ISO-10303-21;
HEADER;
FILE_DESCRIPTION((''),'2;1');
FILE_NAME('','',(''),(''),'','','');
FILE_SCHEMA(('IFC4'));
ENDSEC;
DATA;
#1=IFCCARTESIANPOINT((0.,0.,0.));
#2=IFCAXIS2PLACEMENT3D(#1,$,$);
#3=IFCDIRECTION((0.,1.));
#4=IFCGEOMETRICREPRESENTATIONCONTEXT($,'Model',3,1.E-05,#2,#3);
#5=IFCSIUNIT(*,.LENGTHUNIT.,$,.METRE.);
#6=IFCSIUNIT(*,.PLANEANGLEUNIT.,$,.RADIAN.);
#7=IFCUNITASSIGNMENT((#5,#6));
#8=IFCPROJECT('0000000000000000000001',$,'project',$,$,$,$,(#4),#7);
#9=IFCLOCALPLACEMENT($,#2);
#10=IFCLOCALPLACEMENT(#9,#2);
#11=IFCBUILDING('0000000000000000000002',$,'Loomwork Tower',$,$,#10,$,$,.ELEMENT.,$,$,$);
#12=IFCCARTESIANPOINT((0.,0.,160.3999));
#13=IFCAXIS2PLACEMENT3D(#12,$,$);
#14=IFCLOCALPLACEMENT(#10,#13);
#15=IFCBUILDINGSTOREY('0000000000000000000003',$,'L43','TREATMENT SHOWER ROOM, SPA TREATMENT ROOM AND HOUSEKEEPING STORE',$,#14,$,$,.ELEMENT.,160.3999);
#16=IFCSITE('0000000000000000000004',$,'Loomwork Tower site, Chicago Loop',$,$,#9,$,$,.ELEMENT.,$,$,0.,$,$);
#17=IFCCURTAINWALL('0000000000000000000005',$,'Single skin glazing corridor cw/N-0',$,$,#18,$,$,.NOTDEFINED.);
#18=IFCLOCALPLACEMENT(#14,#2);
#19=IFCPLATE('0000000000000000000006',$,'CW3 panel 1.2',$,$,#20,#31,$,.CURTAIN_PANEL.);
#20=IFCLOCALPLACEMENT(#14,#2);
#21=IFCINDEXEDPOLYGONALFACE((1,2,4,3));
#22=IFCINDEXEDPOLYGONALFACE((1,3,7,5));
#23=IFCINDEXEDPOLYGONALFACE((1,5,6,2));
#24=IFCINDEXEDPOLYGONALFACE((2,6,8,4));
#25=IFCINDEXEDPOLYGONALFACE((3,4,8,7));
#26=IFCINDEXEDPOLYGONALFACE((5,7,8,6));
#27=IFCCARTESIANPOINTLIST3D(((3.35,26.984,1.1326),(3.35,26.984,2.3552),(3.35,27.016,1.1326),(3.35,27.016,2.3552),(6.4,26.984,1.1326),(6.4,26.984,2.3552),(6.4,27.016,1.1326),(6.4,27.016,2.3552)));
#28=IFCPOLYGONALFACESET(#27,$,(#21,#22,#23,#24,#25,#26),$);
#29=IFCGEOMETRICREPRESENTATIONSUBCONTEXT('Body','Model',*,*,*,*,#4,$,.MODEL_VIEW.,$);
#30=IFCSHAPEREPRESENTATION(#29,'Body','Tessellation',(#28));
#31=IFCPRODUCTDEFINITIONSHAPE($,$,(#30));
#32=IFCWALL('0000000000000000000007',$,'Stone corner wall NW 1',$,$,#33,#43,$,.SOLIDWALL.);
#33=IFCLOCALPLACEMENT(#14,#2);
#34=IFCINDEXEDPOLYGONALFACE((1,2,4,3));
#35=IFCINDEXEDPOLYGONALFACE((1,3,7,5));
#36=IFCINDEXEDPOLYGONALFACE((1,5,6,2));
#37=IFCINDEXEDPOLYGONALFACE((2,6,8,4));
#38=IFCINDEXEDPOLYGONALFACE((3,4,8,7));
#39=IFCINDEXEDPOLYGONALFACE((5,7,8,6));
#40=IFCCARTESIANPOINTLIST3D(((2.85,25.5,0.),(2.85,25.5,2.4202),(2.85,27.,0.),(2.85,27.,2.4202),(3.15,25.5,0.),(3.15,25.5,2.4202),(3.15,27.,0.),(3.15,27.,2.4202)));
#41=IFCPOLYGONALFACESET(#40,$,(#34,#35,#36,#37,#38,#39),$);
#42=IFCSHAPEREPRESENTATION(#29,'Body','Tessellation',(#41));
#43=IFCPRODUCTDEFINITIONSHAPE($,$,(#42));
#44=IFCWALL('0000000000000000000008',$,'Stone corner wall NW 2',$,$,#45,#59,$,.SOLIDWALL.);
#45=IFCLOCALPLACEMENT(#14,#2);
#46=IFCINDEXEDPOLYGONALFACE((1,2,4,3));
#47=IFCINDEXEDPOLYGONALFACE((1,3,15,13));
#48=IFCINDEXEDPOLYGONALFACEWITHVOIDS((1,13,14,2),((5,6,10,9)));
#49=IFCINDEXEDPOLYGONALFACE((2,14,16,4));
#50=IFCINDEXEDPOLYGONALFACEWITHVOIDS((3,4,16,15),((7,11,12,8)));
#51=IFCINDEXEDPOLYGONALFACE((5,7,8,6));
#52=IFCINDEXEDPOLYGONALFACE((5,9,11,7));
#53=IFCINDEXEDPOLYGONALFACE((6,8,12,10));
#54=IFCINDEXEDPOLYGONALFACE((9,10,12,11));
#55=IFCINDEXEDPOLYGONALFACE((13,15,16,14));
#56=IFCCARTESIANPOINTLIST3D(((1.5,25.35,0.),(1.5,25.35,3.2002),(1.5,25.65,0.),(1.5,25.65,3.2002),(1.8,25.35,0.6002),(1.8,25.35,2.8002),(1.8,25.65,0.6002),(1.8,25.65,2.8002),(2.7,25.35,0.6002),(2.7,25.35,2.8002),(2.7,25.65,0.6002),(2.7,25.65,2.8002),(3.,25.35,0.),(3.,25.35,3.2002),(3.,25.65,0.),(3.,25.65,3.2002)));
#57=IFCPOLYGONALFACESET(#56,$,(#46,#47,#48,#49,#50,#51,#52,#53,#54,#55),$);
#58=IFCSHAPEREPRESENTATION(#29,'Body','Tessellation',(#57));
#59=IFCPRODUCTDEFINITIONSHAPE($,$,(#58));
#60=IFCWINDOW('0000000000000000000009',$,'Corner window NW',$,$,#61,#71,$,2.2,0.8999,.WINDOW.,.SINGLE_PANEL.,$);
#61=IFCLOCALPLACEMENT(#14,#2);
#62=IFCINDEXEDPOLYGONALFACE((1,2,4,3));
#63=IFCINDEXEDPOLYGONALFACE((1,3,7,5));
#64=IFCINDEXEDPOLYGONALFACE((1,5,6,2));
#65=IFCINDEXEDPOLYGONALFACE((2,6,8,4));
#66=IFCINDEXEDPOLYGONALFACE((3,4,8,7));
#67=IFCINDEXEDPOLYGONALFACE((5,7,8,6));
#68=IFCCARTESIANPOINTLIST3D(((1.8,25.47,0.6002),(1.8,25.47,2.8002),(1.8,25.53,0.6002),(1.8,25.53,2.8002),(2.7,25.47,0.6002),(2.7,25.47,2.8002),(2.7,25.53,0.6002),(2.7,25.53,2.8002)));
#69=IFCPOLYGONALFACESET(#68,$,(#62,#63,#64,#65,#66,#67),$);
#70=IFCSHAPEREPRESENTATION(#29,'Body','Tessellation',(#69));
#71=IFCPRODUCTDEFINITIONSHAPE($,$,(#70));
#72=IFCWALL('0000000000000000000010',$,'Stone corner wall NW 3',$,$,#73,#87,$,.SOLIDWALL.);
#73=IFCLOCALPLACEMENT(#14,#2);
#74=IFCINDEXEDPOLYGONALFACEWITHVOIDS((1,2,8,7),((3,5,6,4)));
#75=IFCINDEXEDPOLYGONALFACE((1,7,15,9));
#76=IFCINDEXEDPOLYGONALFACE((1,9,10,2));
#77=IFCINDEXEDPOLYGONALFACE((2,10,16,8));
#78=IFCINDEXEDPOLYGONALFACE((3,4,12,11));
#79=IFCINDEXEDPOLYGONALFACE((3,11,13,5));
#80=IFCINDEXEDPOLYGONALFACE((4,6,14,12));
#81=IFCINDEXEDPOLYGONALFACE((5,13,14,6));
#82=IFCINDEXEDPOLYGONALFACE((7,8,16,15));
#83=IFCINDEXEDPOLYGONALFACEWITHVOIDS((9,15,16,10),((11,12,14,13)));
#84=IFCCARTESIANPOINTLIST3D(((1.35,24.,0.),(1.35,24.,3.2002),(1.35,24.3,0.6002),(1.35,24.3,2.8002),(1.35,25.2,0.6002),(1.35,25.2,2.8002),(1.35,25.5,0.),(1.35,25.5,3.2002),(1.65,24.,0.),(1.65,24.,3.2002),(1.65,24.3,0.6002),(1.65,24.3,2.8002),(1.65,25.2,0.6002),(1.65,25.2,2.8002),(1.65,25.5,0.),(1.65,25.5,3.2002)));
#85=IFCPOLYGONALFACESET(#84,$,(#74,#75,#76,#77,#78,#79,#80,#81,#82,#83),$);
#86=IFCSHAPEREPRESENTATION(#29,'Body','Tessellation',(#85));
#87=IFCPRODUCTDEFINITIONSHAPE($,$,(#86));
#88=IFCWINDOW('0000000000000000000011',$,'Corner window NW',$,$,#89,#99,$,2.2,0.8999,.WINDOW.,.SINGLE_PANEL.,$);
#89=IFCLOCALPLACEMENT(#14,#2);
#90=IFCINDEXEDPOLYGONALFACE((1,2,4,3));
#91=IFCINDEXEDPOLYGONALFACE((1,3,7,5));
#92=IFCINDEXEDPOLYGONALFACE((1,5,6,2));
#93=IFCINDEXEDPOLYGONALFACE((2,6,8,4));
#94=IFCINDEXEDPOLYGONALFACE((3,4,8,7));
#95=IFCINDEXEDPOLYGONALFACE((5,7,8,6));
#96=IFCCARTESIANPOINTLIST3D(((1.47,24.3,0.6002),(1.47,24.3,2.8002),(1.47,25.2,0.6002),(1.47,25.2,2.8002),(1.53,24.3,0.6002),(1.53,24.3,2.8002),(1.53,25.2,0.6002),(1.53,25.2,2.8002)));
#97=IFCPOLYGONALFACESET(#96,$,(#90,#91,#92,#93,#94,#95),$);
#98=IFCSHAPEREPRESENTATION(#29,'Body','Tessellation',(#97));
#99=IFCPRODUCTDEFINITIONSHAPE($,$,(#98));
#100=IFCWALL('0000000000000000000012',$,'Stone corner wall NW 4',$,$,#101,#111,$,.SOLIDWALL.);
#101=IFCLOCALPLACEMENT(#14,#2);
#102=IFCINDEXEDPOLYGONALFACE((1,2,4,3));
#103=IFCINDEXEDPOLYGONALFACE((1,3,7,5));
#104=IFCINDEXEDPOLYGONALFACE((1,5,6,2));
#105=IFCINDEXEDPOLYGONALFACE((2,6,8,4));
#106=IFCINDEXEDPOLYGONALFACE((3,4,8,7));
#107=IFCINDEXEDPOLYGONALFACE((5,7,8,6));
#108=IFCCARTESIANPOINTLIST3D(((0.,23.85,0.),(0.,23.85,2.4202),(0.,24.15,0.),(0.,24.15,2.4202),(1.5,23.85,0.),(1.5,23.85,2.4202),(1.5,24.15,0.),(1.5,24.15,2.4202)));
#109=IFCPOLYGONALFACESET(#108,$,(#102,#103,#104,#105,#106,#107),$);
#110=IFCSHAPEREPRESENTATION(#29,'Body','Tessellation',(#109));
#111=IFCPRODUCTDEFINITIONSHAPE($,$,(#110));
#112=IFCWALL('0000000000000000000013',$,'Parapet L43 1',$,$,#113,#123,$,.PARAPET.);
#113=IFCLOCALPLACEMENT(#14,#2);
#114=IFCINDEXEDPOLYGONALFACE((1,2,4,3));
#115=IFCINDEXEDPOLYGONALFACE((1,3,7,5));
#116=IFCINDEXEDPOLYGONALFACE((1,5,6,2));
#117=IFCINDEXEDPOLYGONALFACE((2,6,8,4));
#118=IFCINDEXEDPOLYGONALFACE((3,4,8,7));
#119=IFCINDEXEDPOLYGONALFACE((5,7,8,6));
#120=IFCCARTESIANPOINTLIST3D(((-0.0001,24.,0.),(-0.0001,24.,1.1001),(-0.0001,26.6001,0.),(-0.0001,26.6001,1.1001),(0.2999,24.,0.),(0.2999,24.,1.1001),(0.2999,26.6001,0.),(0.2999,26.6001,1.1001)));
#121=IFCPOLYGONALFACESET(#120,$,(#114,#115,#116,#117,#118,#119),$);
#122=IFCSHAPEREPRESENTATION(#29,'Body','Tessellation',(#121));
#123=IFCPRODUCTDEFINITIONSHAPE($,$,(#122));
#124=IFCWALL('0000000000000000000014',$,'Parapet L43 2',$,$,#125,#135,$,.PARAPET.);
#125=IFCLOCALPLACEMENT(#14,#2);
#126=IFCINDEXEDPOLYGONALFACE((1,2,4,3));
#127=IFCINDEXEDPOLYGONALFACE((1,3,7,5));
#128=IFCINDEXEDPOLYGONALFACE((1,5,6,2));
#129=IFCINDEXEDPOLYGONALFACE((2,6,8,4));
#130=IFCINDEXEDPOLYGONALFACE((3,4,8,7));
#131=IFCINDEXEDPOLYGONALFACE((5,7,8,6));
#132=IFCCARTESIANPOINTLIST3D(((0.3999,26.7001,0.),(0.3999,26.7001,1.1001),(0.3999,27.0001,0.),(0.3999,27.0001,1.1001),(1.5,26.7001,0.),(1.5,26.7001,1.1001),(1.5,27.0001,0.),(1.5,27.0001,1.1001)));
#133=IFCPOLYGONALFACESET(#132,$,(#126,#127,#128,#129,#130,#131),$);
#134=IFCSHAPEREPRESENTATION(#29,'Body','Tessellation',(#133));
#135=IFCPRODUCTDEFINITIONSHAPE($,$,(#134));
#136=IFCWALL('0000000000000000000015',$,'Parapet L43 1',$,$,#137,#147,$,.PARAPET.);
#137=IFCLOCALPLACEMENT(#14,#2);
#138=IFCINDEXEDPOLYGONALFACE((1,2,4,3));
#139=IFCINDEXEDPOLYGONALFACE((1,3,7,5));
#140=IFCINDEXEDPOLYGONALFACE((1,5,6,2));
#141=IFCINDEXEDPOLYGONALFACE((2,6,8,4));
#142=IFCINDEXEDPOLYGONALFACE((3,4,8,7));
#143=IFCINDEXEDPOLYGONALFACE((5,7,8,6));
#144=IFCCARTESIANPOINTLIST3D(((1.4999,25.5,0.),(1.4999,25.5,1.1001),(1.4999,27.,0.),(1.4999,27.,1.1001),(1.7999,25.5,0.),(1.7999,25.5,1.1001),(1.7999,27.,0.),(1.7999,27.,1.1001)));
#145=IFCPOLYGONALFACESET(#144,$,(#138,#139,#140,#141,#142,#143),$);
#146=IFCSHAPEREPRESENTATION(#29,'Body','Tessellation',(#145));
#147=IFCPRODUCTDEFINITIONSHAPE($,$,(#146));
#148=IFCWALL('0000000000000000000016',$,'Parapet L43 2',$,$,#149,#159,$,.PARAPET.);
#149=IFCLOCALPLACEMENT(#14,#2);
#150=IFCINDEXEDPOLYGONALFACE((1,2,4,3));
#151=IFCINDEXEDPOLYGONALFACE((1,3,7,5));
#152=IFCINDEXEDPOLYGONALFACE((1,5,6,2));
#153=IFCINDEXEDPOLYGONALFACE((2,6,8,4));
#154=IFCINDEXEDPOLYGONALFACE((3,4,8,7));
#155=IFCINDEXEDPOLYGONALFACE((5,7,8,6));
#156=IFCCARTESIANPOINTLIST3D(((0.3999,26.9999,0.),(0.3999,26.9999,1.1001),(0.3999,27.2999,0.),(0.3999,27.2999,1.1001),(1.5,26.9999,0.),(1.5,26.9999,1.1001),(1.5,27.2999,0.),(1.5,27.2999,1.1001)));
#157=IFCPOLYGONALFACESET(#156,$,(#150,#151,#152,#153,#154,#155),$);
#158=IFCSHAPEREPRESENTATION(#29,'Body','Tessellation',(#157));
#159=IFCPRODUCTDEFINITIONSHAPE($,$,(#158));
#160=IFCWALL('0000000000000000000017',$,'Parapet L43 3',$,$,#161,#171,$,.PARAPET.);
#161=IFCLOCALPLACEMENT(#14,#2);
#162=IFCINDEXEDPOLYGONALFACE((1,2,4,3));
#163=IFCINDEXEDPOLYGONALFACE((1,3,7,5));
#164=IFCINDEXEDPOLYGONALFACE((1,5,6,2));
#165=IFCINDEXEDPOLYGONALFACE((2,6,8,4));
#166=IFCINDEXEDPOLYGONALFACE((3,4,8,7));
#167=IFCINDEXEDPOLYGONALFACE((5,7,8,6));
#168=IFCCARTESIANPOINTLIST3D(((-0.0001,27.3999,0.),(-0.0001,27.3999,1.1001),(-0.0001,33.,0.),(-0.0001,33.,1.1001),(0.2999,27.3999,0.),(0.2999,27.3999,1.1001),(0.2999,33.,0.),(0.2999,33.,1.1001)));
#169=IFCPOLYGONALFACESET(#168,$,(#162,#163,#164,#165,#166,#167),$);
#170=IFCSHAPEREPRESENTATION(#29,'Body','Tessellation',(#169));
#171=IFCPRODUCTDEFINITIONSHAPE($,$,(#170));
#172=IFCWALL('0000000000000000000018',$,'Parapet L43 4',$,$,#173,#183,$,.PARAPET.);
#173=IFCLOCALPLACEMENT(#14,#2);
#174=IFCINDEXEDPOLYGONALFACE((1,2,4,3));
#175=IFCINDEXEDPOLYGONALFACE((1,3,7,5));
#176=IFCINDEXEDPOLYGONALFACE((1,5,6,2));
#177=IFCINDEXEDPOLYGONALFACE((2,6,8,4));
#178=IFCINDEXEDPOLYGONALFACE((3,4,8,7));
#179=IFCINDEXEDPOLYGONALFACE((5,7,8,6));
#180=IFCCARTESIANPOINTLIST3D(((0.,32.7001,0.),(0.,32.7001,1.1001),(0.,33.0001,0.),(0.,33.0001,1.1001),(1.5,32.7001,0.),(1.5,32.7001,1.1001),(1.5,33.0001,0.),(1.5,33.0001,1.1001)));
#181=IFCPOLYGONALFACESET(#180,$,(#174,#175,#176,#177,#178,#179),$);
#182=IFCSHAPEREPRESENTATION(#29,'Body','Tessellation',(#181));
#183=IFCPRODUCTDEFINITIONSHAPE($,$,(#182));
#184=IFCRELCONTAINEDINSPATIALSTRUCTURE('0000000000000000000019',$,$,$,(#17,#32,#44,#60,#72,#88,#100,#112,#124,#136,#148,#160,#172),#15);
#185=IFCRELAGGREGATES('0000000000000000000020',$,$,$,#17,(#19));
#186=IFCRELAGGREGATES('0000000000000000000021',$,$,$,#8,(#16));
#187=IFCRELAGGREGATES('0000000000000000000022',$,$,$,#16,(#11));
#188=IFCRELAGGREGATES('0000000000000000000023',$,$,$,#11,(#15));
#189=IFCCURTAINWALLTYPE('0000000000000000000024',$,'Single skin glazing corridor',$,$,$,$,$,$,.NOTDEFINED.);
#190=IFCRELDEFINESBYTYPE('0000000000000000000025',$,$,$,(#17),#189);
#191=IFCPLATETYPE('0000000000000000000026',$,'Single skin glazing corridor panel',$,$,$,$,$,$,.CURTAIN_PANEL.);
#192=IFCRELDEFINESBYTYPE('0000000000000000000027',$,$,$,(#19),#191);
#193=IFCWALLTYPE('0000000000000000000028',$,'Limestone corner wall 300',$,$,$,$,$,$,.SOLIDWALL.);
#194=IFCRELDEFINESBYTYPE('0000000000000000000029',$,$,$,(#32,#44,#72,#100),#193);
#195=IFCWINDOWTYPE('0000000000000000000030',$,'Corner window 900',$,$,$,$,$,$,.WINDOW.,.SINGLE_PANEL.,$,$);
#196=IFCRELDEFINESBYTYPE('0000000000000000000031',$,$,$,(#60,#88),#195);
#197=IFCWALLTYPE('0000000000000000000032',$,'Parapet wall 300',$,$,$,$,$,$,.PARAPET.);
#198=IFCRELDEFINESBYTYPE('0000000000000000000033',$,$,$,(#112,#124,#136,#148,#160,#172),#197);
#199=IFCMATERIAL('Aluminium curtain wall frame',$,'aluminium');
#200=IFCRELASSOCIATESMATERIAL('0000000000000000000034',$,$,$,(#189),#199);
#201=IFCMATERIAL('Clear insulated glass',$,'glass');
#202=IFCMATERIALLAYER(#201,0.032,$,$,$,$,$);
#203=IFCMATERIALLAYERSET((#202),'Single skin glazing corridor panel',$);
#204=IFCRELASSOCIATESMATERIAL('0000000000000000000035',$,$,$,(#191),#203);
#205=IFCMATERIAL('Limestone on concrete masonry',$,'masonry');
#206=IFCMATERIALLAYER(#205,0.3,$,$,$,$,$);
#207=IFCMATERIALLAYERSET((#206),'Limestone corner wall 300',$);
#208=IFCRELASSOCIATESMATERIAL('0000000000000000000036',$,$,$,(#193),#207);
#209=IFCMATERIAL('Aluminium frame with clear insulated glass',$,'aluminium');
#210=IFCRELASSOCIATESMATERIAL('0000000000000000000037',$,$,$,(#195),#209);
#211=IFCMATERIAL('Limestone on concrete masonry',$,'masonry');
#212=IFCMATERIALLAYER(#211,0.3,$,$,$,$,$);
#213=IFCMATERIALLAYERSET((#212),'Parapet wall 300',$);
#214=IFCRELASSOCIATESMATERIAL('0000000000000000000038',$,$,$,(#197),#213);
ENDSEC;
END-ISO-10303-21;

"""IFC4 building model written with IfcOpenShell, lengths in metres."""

from ifc_helpers import new_model, si_unit, direction, frame, frame_2d, origin, origin_2d, place, context, subcontext, project, spatial, rectangle, extrude, material, layer, layer_set, type_object, element, fill, aggregate, save


model = new_model("IFC4")

# Units and contexts
model_context = context("Model", 3, precision=1e-05, world=origin(), true_north=direction((0.0, 1.0)))
body_context = subcontext(model_context, "Body", "Model", "MODEL_VIEW")
ifc_project = project(units=[si_unit("LENGTHUNIT", "METRE"), si_unit("PLANEANGLEUNIT", "RADIAN")], contexts=[model_context])

# Site, building, storey
site_placement = place(None, origin())
site = spatial("IfcSite", under=ifc_project, at=site_placement, Name="Loomwork Tower site, Chicago Loop", CompositionType="ELEMENT", RefElevation=0.0)
building_placement = place(site_placement, origin())
building = spatial("IfcBuilding", under=site, at=building_placement, Name="Loomwork Tower", CompositionType="ELEMENT")
storey_placement = place(building_placement, frame((0.0, 0.0, 160.3999)))
storey = spatial("IfcBuildingStorey", under=building, at=storey_placement, Name="L43", Description="TREATMENT SHOWER ROOM, SPA TREATMENT ROOM AND HOUSEKEEPING STORE", CompositionType="ELEMENT", Elevation=160.3999)

# Curtain wall, plate
ifc_material_1 = material(Name="Aluminium curtain wall frame", Category="aluminium")
curtain_wall_type_1 = type_object("IfcCurtainWallType", Name="Single skin glazing corridor", PredefinedType="NOTDEFINED", material=ifc_material_1)
curtain_wall_1_placement = place(storey_placement, origin())
curtain_wall_1 = element("IfcCurtainWall", 1, at=curtain_wall_1_placement, inside=storey, type_object=curtain_wall_type_1, Name="Single skin glazing corridor cw/N-0", PredefinedType="NOTDEFINED")
ifc_material_2 = material(Name="Clear insulated glass", Category="glass")
ifc_layer_1 = layer(ifc_material_2, 0.032)
ifc_layer_set_1 = layer_set([ifc_layer_1], Name="Single skin glazing corridor panel")
plate_type = type_object("IfcPlateType", Name="Single skin glazing corridor panel", PredefinedType="CURTAIN_PANEL", material=ifc_layer_set_1)
plate_1_placement = place(storey_placement, frame((4.875, 27.0, 1.1326), z_axis=(0.0, 0.0, 1.0), x_axis=(-1.0, 0.0, 0.0)))
plate_1 = element("IfcPlate", 2, at=plate_1_placement, type_object=plate_type, Name="CW3 panel 1.2", PredefinedType="CURTAIN_PANEL", context=body_context, shape_type="SweptSolid", body=[
    extrude(rectangle(XDim=3.05, YDim=0.032, at=origin_2d()), origin(), (0.0, 0.0, 1.0), 1.2227),
])
aggregate(curtain_wall_1, [plate_1])

# Wall
ifc_material_3 = material(Name="Limestone on concrete masonry", Category="masonry")
ifc_layer_2 = layer(ifc_material_3, 0.3)
ifc_layer_set_2 = layer_set([ifc_layer_2], Name="Limestone corner wall 300")
wall_type_1 = type_object("IfcWallType", Name="Limestone corner wall 300", PredefinedType="SOLIDWALL", material=ifc_layer_set_2)
wall_1_placement = place(storey_placement, frame((3.0, 27.0, 0.0), z_axis=(0.0, 0.0, 1.0), x_axis=(0.0, -1.0, 0.0)))
element("IfcWall", 3, at=wall_1_placement, inside=storey, type_object=wall_type_1, Name="Stone corner wall NW 1", PredefinedType="SOLIDWALL", context=body_context, shape_type="SweptSolid", body=[
    extrude(rectangle(XDim=1.5, YDim=0.3, at=frame_2d((0.75, 0.0))), origin(), (0.0, 0.0, 1.0), 2.4202),
])

# Walls, openings, windows
wall_2_placement = place(storey_placement, frame((3.0, 25.5, 0.0), z_axis=(0.0, 0.0, 1.0), x_axis=(-1.0, 0.0, 0.0)))
wall_2 = element("IfcWall", 4, at=wall_2_placement, inside=storey, type_object=wall_type_1, Name="Stone corner wall NW 2", PredefinedType="SOLIDWALL", context=body_context, shape_type="SweptSolid", body=[
    extrude(rectangle(XDim=1.5, YDim=0.3, at=frame_2d((0.75, 0.0))), origin(), (0.0, 0.0, 1.0), 3.2002),
])
opening_1_placement = place(wall_2_placement, frame((0.3, 0.0, 0.6001)))
opening_1 = element("IfcOpeningElement", 5, at=opening_1_placement, cuts=wall_2, PredefinedType="OPENING", context=body_context, shape_type="SweptSolid", body=[
    extrude(rectangle(XDim=0.8999, YDim=2.2, at=frame_2d((0.45, 1.1001))), frame((0.0, 0.1599, 0.0), z_axis=(0.0, -1.0, 0.0), x_axis=(1.0, 0.0, 0.0)), (0.0, 0.0, 1.0), 0.3201),
])
ifc_material_4 = material(Name="Aluminium frame with clear insulated glass", Category="aluminium")
window_type = type_object("IfcWindowType", Name="Corner window 900", PartitioningType="SINGLE_PANEL", PredefinedType="WINDOW", material=ifc_material_4)
window_1_placement = place(opening_1_placement, origin())
window_1 = element("IfcWindow", 6, at=window_1_placement, inside=storey, type_object=window_type, Name="Corner window NW", OverallHeight=2.2, OverallWidth=0.8999, PartitioningType="SINGLE_PANEL", PredefinedType="WINDOW", context=body_context, shape_type="SweptSolid", body=[
    extrude(rectangle(XDim=0.8999, YDim=2.2, at=frame_2d((0.45, 1.1001))), frame((0.0, 0.03, 0.0), z_axis=(0.0, -1.0, 0.0), x_axis=(1.0, 0.0, 0.0)), (0.0, 0.0, 1.0), 0.0601),
])
fill(opening_1, window_1)
wall_3_placement = place(storey_placement, frame((1.5, 25.5, 0.0), z_axis=(0.0, 0.0, 1.0), x_axis=(0.0, -1.0, 0.0)))
wall_3 = element("IfcWall", 7, at=wall_3_placement, inside=storey, type_object=wall_type_1, Name="Stone corner wall NW 3", PredefinedType="SOLIDWALL", context=body_context, shape_type="SweptSolid", body=[
    extrude(rectangle(XDim=1.5, YDim=0.3, at=frame_2d((0.75, 0.0))), origin(), (0.0, 0.0, 1.0), 3.2002),
])
opening_2_placement = place(wall_3_placement, frame((0.3, 0.0, 0.6001)))
opening_2 = element("IfcOpeningElement", 8, at=opening_2_placement, cuts=wall_3, PredefinedType="OPENING", context=body_context, shape_type="SweptSolid", body=[
    extrude(rectangle(XDim=0.8999, YDim=2.2, at=frame_2d((0.45, 1.1001))), frame((0.0, 0.1599, 0.0), z_axis=(0.0, -1.0, 0.0), x_axis=(1.0, 0.0, 0.0)), (0.0, 0.0, 1.0), 0.3201),
])
window_2_placement = place(opening_2_placement, origin())
window_2 = element("IfcWindow", 9, at=window_2_placement, inside=storey, type_object=window_type, Name="Corner window NW", OverallHeight=2.2, OverallWidth=0.8999, PartitioningType="SINGLE_PANEL", PredefinedType="WINDOW", context=body_context, shape_type="SweptSolid", body=[
    extrude(rectangle(XDim=0.8999, YDim=2.2, at=frame_2d((0.45, 1.1001))), frame((0.0, 0.03, 0.0), z_axis=(0.0, -1.0, 0.0), x_axis=(1.0, 0.0, 0.0)), (0.0, 0.0, 1.0), 0.0601),
])
fill(opening_2, window_2)

# Walls
wall_4_placement = place(storey_placement, frame((1.5, 24.0, 0.0), z_axis=(0.0, 0.0, 1.0), x_axis=(-1.0, 0.0, 0.0)))
element("IfcWall", 10, at=wall_4_placement, inside=storey, type_object=wall_type_1, Name="Stone corner wall NW 4", PredefinedType="SOLIDWALL", context=body_context, shape_type="SweptSolid", body=[
    extrude(rectangle(XDim=1.5, YDim=0.3, at=frame_2d((0.75, 0.0))), origin(), (0.0, 0.0, 1.0), 2.4202),
])
ifc_material_5 = material(Name="Limestone on concrete masonry", Category="masonry")
ifc_layer_3 = layer(ifc_material_5, 0.3)
ifc_layer_set_3 = layer_set([ifc_layer_3], Name="Parapet wall 300")
wall_type_2 = type_object("IfcWallType", Name="Parapet wall 300", PredefinedType="PARAPET", material=ifc_layer_set_3)
wall_5_placement = place(storey_placement, frame((0.1499, 24.0, 0.0), z_axis=(0.0, 0.0, 1.0), x_axis=(0.0, 1.0, 0.0)))
element("IfcWall", 11, at=wall_5_placement, inside=storey, type_object=wall_type_2, Name="Parapet L43 1", PredefinedType="PARAPET", context=body_context, shape_type="SweptSolid", body=[
    extrude(rectangle(XDim=2.6001, YDim=0.3, at=frame_2d((1.3, 0.0))), origin(), (0.0, 0.0, 1.0), 1.1001),
])
wall_6_placement = place(storey_placement, frame((0.3999, 26.8501, 0.0), z_axis=(0.0, 0.0, 1.0), x_axis=(1.0, 0.0, 0.0)))
element("IfcWall", 12, at=wall_6_placement, inside=storey, type_object=wall_type_2, Name="Parapet L43 2", PredefinedType="PARAPET", context=body_context, shape_type="SweptSolid", body=[
    extrude(rectangle(XDim=1.1001, YDim=0.3, at=frame_2d((0.55, 0.0))), origin(), (0.0, 0.0, 1.0), 1.1001),
])
wall_7_placement = place(storey_placement, frame((1.6499, 25.5, 0.0), z_axis=(0.0, 0.0, 1.0), x_axis=(0.0, 1.0, 0.0)))
element("IfcWall", 13, at=wall_7_placement, inside=storey, type_object=wall_type_2, Name="Parapet L43 1", PredefinedType="PARAPET", context=body_context, shape_type="SweptSolid", body=[
    extrude(rectangle(XDim=1.5, YDim=0.3, at=frame_2d((0.75, 0.0))), origin(), (0.0, 0.0, 1.0), 1.1001),
])
wall_8_placement = place(storey_placement, frame((1.5, 27.1499, 0.0), z_axis=(0.0, 0.0, 1.0), x_axis=(-1.0, 0.0, 0.0)))
element("IfcWall", 14, at=wall_8_placement, inside=storey, type_object=wall_type_2, Name="Parapet L43 2", PredefinedType="PARAPET", context=body_context, shape_type="SweptSolid", body=[
    extrude(rectangle(XDim=1.1001, YDim=0.3, at=frame_2d((0.55, 0.0))), origin(), (0.0, 0.0, 1.0), 1.1001),
])
wall_9_placement = place(storey_placement, frame((0.1499, 27.3999, 0.0), z_axis=(0.0, 0.0, 1.0), x_axis=(0.0, 1.0, 0.0)))
element("IfcWall", 15, at=wall_9_placement, inside=storey, type_object=wall_type_2, Name="Parapet L43 3", PredefinedType="PARAPET", context=body_context, shape_type="SweptSolid", body=[
    extrude(rectangle(XDim=5.6001, YDim=0.3, at=frame_2d((2.8, 0.0))), origin(), (0.0, 0.0, 1.0), 1.1001),
])
for number, where, z_axis, x_axis, name in (
    (16, (0.0, 32.8501, 0.0), (0.0, 0.0, 1.0), (1.0, 0.0, 0.0), "Parapet L43 4"),
):
    element("IfcWall", number, at=place(storey_placement, frame(where, z_axis=z_axis, x_axis=x_axis)), inside=storey, type_object=wall_type_2, Name=name, PredefinedType="PARAPET", context=body_context, shape_type="SweptSolid", body=[
        extrude(rectangle(XDim=1.5, YDim=0.3, at=frame_2d((0.75, 0.0))), origin(), (0.0, 0.0, 1.0), 1.1001),
    ])

save(model, "model.ifc")
